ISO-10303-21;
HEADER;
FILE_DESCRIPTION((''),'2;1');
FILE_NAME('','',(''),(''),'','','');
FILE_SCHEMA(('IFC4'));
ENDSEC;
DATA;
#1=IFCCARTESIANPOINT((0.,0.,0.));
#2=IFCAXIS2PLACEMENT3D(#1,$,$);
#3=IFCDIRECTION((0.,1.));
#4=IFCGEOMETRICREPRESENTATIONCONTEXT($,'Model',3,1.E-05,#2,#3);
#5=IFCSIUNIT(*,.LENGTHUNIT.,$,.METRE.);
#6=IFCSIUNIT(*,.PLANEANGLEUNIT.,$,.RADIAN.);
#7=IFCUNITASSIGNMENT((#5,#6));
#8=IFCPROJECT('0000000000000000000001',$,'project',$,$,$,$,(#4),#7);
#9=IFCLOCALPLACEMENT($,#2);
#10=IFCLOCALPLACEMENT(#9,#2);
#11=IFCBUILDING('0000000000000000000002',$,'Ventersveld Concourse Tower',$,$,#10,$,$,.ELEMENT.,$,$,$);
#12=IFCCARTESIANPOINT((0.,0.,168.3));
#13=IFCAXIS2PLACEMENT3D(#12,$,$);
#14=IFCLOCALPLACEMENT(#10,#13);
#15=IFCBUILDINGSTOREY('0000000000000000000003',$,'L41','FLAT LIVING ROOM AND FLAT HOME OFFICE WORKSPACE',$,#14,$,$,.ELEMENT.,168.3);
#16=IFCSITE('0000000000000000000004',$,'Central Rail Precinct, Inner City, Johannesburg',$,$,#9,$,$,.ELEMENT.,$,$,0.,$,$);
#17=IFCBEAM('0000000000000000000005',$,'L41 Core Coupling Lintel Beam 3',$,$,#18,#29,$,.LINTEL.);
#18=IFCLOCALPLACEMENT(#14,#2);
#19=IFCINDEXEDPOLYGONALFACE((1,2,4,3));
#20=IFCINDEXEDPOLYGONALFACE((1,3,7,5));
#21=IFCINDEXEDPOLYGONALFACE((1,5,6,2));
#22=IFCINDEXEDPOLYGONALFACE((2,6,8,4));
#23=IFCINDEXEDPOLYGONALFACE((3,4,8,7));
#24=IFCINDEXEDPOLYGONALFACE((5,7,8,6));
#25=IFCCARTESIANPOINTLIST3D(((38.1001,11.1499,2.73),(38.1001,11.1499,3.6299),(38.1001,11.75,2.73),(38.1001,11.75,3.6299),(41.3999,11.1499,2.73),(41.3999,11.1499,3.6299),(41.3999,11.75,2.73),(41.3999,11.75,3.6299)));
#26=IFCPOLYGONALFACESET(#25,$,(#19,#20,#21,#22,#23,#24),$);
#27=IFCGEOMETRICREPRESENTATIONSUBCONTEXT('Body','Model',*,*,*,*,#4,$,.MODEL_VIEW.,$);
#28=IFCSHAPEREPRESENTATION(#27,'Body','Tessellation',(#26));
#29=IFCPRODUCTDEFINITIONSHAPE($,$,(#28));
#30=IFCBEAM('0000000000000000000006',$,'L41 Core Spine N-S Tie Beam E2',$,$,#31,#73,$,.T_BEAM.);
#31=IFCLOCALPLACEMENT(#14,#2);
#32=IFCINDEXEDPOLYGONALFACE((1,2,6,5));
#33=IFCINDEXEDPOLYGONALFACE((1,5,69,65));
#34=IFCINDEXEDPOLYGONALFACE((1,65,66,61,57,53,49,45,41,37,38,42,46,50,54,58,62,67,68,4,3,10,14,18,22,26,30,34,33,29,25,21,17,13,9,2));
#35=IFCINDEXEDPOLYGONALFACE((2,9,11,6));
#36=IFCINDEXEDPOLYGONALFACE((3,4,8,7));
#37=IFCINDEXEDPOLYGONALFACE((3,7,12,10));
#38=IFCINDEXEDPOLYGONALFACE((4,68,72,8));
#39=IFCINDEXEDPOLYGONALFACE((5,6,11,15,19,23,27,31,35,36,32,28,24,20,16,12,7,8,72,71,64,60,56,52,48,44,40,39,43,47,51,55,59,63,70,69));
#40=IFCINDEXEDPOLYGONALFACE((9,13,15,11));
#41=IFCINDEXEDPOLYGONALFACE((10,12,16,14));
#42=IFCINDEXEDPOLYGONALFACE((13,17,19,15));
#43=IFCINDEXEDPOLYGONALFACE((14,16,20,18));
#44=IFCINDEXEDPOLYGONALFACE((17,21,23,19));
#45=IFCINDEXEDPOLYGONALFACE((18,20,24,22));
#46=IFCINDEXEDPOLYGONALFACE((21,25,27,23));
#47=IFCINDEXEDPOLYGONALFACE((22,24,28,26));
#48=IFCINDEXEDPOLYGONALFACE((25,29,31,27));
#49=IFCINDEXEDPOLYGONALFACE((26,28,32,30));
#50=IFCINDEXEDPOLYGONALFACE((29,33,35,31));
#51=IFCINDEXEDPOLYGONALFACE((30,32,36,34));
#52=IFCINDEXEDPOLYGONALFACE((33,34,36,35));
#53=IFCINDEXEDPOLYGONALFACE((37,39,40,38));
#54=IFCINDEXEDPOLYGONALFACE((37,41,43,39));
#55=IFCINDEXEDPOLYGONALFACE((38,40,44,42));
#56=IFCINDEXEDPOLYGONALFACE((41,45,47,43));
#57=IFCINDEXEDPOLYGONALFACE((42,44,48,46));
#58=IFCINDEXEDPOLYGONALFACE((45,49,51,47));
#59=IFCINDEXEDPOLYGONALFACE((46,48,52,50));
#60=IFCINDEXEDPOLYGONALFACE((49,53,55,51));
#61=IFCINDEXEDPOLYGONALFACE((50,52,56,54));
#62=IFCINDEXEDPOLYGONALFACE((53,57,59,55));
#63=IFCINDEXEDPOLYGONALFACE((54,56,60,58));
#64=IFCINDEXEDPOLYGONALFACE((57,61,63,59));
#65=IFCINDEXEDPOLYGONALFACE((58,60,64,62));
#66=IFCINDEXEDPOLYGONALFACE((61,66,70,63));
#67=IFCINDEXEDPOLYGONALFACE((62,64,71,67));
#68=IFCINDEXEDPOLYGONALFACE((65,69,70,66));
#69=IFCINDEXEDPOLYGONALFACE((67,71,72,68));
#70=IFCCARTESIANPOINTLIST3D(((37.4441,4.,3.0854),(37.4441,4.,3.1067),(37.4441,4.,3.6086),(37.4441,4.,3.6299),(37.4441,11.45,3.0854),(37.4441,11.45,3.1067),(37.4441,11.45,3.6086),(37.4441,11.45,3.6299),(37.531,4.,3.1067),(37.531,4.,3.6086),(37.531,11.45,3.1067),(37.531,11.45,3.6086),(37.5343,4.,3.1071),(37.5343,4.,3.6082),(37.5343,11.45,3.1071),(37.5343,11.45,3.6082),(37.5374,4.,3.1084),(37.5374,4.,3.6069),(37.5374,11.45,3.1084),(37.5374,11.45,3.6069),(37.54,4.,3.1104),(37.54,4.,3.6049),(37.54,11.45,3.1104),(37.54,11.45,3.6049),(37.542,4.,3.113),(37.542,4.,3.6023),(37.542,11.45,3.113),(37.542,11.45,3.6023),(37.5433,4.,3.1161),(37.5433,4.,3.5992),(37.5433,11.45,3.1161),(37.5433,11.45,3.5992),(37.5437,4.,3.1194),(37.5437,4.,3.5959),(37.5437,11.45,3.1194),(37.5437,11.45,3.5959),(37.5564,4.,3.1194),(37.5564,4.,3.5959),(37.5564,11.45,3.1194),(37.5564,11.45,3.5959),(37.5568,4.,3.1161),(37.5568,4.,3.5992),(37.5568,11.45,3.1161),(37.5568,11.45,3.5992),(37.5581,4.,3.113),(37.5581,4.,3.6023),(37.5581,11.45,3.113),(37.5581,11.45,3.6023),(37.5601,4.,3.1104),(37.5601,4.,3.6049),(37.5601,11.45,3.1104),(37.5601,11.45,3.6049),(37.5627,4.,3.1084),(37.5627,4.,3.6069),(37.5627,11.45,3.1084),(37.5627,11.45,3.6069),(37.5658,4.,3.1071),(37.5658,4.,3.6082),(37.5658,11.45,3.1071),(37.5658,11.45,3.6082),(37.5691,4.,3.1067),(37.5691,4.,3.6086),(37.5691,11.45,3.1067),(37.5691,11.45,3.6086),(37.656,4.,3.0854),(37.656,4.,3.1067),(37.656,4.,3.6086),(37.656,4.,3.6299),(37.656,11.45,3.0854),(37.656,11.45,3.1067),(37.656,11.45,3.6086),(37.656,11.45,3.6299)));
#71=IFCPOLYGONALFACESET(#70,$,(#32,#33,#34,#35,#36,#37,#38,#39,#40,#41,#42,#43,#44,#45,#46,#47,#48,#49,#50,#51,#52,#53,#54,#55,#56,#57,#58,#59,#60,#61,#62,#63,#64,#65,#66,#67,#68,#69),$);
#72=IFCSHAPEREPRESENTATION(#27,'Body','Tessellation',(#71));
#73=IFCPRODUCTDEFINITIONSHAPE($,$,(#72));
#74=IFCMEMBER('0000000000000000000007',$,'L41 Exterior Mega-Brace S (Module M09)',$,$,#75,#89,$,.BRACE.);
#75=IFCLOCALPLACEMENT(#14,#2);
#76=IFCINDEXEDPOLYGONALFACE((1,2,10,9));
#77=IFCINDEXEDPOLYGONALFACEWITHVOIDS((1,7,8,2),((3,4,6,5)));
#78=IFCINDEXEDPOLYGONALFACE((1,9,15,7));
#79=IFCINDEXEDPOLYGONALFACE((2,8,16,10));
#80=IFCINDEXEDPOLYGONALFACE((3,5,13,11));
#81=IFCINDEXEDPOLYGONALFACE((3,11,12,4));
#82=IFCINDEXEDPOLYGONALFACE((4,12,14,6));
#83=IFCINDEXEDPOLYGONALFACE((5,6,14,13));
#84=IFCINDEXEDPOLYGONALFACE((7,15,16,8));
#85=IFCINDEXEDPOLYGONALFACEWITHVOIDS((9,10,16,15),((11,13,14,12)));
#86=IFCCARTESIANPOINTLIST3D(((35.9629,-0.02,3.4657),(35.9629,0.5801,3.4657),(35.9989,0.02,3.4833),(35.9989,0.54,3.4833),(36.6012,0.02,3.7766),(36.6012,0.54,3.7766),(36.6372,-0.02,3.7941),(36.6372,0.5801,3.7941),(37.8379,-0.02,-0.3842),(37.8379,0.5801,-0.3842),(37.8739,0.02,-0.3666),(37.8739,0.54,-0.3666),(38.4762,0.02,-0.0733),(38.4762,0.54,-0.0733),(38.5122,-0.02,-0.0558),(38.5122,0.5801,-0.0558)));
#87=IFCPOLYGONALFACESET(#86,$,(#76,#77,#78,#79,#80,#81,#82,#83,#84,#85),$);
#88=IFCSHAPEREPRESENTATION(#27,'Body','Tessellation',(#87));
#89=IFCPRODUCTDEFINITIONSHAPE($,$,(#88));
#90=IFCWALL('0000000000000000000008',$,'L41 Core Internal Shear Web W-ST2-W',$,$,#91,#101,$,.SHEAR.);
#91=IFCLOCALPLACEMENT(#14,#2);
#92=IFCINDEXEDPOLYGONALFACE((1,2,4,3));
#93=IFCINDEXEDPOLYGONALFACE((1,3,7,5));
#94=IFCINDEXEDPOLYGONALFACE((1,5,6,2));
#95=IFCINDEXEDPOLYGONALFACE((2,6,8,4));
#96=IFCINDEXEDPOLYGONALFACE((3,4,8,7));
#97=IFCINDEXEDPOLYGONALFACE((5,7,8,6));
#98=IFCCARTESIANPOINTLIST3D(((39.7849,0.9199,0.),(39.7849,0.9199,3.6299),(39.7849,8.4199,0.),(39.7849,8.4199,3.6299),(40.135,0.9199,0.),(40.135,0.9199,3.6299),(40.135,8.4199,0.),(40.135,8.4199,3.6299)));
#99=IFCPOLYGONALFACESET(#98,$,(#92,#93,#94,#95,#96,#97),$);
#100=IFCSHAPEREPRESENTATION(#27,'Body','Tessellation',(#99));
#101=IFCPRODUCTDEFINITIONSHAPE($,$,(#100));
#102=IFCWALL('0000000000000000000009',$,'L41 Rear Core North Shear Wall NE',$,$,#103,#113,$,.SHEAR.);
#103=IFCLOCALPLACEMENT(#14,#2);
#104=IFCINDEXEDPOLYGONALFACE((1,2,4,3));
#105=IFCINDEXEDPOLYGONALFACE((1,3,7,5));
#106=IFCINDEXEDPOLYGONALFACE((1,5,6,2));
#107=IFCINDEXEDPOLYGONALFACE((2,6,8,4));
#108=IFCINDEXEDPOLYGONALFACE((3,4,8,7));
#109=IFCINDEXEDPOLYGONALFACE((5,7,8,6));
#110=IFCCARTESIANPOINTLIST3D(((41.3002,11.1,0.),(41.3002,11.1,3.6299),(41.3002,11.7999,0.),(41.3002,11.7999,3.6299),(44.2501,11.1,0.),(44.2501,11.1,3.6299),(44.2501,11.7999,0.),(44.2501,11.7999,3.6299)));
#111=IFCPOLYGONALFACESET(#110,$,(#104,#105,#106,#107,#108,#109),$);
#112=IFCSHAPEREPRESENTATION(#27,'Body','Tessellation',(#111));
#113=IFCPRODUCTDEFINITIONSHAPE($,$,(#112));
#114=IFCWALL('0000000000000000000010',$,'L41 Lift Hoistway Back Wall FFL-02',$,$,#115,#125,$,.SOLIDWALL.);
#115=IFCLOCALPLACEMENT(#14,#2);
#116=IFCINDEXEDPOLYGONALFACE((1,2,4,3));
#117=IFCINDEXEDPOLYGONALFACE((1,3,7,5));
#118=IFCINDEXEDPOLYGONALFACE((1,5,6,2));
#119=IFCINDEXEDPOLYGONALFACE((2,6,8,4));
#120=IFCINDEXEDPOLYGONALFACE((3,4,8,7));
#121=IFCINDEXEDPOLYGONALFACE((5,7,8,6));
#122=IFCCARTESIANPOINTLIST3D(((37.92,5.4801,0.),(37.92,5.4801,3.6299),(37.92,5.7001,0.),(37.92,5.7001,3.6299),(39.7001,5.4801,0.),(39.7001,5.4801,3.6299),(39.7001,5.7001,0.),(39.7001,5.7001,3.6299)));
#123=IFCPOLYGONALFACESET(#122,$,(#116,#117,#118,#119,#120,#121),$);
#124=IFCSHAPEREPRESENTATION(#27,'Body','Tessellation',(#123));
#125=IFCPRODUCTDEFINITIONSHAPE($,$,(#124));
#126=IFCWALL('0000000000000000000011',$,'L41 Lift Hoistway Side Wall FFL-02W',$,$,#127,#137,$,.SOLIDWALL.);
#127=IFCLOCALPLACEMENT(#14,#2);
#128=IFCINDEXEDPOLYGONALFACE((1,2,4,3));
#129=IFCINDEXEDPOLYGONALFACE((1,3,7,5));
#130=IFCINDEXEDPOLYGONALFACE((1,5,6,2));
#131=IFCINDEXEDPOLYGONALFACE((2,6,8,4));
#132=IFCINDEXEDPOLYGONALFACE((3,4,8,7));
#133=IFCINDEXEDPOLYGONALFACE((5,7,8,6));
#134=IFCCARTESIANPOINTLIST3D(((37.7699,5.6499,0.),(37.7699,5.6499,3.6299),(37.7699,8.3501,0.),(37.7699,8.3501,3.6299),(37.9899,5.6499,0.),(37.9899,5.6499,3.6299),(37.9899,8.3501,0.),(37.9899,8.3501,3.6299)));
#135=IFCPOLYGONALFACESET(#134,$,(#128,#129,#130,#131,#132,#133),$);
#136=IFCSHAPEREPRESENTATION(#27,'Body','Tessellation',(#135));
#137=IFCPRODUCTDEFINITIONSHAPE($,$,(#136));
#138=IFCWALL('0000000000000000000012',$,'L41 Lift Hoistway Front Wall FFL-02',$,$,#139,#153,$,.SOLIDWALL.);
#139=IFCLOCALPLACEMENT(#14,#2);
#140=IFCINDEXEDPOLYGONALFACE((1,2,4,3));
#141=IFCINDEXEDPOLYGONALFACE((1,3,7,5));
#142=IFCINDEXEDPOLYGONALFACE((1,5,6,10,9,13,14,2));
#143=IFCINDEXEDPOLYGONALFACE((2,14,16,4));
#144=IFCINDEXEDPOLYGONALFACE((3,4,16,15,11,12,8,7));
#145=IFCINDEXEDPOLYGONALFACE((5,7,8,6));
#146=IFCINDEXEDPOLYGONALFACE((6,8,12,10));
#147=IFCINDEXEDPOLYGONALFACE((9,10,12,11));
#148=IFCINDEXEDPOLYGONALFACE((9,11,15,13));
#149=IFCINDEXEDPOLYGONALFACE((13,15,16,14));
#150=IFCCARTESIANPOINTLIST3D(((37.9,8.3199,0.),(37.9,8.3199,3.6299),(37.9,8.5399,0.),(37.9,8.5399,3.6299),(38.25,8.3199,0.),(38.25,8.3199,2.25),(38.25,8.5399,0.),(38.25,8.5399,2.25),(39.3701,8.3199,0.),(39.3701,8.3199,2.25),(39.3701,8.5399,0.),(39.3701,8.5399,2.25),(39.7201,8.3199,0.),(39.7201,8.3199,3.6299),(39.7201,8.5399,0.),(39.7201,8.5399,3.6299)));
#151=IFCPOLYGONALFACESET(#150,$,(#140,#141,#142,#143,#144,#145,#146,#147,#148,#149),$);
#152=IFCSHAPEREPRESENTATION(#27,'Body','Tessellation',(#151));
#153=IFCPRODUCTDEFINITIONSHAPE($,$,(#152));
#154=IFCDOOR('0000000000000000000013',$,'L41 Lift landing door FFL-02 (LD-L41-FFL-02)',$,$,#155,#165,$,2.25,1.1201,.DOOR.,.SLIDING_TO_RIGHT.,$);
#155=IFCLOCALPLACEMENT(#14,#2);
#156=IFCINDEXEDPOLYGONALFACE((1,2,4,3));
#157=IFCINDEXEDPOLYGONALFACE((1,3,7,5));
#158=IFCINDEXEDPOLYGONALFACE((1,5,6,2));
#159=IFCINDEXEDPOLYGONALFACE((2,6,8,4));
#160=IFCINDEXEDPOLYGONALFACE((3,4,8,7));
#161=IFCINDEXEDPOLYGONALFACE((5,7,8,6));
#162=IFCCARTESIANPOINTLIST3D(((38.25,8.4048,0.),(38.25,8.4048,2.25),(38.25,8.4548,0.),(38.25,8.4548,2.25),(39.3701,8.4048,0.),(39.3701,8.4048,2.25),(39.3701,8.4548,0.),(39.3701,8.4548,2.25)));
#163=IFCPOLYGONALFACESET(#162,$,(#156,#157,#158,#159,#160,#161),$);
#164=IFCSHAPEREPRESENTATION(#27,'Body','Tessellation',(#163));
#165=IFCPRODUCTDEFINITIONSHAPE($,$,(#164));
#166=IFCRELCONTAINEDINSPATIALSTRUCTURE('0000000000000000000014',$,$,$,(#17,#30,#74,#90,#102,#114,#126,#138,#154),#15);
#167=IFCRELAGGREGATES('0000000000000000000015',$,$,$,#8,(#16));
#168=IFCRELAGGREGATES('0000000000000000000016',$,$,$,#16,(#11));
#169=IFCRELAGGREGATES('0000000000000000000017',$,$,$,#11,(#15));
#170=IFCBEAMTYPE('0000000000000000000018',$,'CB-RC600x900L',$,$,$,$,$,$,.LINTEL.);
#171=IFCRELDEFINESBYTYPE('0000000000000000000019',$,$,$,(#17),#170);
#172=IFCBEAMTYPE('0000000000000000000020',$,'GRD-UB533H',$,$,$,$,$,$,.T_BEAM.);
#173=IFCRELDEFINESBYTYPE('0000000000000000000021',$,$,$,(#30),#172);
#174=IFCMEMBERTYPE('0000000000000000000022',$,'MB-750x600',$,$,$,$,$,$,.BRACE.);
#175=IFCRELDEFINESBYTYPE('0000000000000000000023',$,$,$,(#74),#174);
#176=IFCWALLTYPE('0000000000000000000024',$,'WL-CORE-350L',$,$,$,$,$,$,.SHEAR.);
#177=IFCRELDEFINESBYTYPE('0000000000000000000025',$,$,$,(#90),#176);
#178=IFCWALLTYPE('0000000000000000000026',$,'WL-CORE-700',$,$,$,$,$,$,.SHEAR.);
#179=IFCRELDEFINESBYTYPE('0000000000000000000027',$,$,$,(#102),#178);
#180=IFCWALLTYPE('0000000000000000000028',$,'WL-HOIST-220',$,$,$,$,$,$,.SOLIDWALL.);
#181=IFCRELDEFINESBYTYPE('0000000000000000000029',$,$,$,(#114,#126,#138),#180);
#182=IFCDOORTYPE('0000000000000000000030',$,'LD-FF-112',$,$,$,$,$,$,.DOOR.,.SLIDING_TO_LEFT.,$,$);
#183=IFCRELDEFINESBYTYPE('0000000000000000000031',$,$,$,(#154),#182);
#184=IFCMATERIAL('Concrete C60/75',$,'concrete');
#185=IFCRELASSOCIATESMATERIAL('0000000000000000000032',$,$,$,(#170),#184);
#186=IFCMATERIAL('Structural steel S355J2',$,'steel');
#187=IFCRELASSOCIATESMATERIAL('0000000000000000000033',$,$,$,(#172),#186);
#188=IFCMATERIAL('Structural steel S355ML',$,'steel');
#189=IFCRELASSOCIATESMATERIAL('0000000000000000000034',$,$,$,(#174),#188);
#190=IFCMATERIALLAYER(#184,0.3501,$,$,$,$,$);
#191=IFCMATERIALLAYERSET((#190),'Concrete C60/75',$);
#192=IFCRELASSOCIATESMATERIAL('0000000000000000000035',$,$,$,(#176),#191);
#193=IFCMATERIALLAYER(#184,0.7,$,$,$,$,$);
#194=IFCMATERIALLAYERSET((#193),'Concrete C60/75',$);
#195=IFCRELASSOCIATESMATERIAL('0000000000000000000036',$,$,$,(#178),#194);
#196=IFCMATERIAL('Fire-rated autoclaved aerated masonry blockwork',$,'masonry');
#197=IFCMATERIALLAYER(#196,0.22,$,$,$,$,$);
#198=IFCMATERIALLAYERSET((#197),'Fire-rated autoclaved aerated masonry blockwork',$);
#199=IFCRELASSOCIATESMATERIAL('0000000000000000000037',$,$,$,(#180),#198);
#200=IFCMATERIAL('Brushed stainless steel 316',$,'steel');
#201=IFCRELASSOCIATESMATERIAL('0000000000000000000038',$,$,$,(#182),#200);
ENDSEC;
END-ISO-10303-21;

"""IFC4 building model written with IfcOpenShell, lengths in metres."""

from ifc_helpers import new_model, si_unit, direction, frame, frame_2d, origin, origin_2d, place, context, subcontext, project, spatial, rectangle, hollow_rectangle, i_section, extrude, material, layer, layer_set, material_profile, profile_set, type_object, element, fill, save


model = new_model("IFC4")

# Units and contexts
model_context = context("Model", 3, precision=1e-05, world=origin(), true_north=direction((0.0, 1.0)))
body_context = subcontext(model_context, "Body", "Model", "MODEL_VIEW")
ifc_project = project(units=[si_unit("LENGTHUNIT", "METRE"), si_unit("PLANEANGLEUNIT", "RADIAN")], contexts=[model_context])

# Site, building, storey
site_placement = place(None, origin())
site = spatial("IfcSite", under=ifc_project, at=site_placement, Name="Central Rail Precinct, Inner City, Johannesburg", CompositionType="ELEMENT", RefElevation=0.0)
building_placement = place(site_placement, origin())
building = spatial("IfcBuilding", under=site, at=building_placement, Name="Ventersveld Concourse Tower", CompositionType="ELEMENT")
storey_placement = place(building_placement, frame((0.0, 0.0, 168.3)))
storey = spatial("IfcBuildingStorey", under=building, at=storey_placement, Name="L41", Description="FLAT LIVING ROOM AND FLAT HOME OFFICE WORKSPACE", CompositionType="ELEMENT", Elevation=168.3)

# Beams
ifc_material_1 = material(Name="Concrete C60/75", Category="concrete")
ifc_material_profile_1 = material_profile(ifc_material_1, rectangle(XDim=0.6001, YDim=0.8999, at=origin_2d()), Name="RC 600x900")
ifc_profile_set_1 = profile_set([ifc_material_profile_1], Name="Concrete C60/75")
beam_type_1 = type_object("IfcBeamType", Name="CB-RC600x900L", PredefinedType="LINTEL", material=ifc_profile_set_1)
beam_1_placement = place(storey_placement, frame((38.1001, 11.45, 3.1799), z_axis=(1.0, 0.0, 0.0), x_axis=(0.0, 1.0, 0.0)))
element("IfcBeam", 1, at=beam_1_placement, inside=storey, type_object=beam_type_1, Name="L41 Core Coupling Lintel Beam 3", PredefinedType="LINTEL", context=body_context, shape_type="SweptSolid", body=[
    extrude(rectangle(XDim=0.6001, YDim=0.8999, at=origin_2d()), origin(), (0.0, 0.0, 1.0), 3.2998),
])
ifc_material_2 = material(Name="Structural steel S355J2", Category="steel")
ifc_material_profile_2 = material_profile(ifc_material_2, i_section(OverallWidth=0.2119, OverallDepth=0.5444, WebThickness=0.0127, FlangeThickness=0.0212, FilletRadius=0.0127, at=origin_2d()), Name="UB 533x210x122")
ifc_profile_set_2 = profile_set([ifc_material_profile_2], Name="Structural steel S355J2")
beam_type_2 = type_object("IfcBeamType", Name="GRD-UB533H", PredefinedType="T_BEAM", material=ifc_profile_set_2)
beam_2_placement = place(storey_placement, frame((37.55, 4.0, 3.3577), z_axis=(0.0, 1.0, 0.0), x_axis=(-1.0, 0.0, 0.0)))
element("IfcBeam", 2, at=beam_2_placement, inside=storey, type_object=beam_type_2, Name="L41 Core Spine N-S Tie Beam E2", PredefinedType="T_BEAM", context=body_context, shape_type="SweptSolid", body=[
    extrude(i_section(OverallWidth=0.2119, OverallDepth=0.5444, WebThickness=0.0127, FlangeThickness=0.0212, FilletRadius=0.0127, at=origin_2d()), origin(), (0.0, 0.0, 1.0), 7.45),
])

# Member
ifc_material_3 = material(Name="Structural steel S355ML", Category="steel")
ifc_material_profile_3 = material_profile(ifc_material_3, hollow_rectangle(XDim=0.6001, YDim=0.75, WallThickness=0.04, at=origin_2d()), Name="BOX 750x600x40")
ifc_profile_set_3 = profile_set([ifc_material_profile_3], Name="Structural steel S355ML")
member_type = type_object("IfcMemberType", Name="MB-750x600", PredefinedType="BRACE", material=ifc_profile_set_3)
member_placement = place(storey_placement, frame((38.175, 0.28, -0.22), z_axis=(-0.437862, 0.0, 0.899042), x_axis=(0.0, -1.0, 0.0)))
element("IfcMember", 3, at=member_placement, inside=storey, type_object=member_type, Name="L41 Exterior Mega-Brace S (Module M09)", PredefinedType="BRACE", context=body_context, shape_type="SweptSolid", body=[
    extrude(hollow_rectangle(XDim=0.6001, YDim=0.75, WallThickness=0.04, at=origin_2d()), origin(), (0.0, 0.0, 1.0), 4.2822),
])

# Walls
ifc_layer_1 = layer(ifc_material_1, 0.3501)
ifc_layer_set_1 = layer_set([ifc_layer_1], Name="Concrete C60/75")
wall_type_1 = type_object("IfcWallType", Name="WL-CORE-350L", PredefinedType="SHEAR", material=ifc_layer_set_1)
wall_1_placement = place(storey_placement, frame((39.96, 0.9199, 0.0), z_axis=(0.0, 0.0, 1.0), x_axis=(0.0, 1.0, 0.0)))
element("IfcWall", 4, at=wall_1_placement, inside=storey, type_object=wall_type_1, Name="L41 Core Internal Shear Web W-ST2-W", PredefinedType="SHEAR", context=body_context, shape_type="SweptSolid", body=[
    extrude(rectangle(XDim=7.5, YDim=0.3501, at=frame_2d((3.75, 0.0))), origin(), (0.0, 0.0, 1.0), 3.6299),
])
ifc_layer_2 = layer(ifc_material_1, 0.7)
ifc_layer_set_2 = layer_set([ifc_layer_2], Name="Concrete C60/75")
wall_type_2 = type_object("IfcWallType", Name="WL-CORE-700", PredefinedType="SHEAR", material=ifc_layer_set_2)
wall_2_placement = place(storey_placement, frame((41.3, 11.45, 0.0), z_axis=(0.0, 0.0, 1.0), x_axis=(1.0, 0.0, 0.0)))
element("IfcWall", 5, at=wall_2_placement, inside=storey, type_object=wall_type_2, Name="L41 Rear Core North Shear Wall NE", PredefinedType="SHEAR", context=body_context, shape_type="SweptSolid", body=[
    extrude(rectangle(XDim=2.95, YDim=0.7, at=frame_2d((1.4751, 0.0))), origin(), (0.0, 0.0, 1.0), 3.6299),
])
ifc_material_4 = material(Name="Fire-rated autoclaved aerated masonry blockwork", Category="masonry")
ifc_layer_3 = layer(ifc_material_4, 0.22)
ifc_layer_set_3 = layer_set([ifc_layer_3], Name="Fire-rated autoclaved aerated masonry blockwork")
wall_type_3 = type_object("IfcWallType", Name="WL-HOIST-220", PredefinedType="SOLIDWALL", material=ifc_layer_set_3)
wall_3_placement = place(storey_placement, frame((37.9199, 5.5901, 0.0), z_axis=(0.0, 0.0, 1.0), x_axis=(1.0, 0.0, 0.0)))
element("IfcWall", 6, at=wall_3_placement, inside=storey, type_object=wall_type_3, Name="L41 Lift Hoistway Back Wall FFL-02", PredefinedType="SOLIDWALL", context=body_context, shape_type="SweptSolid", body=[
    extrude(rectangle(XDim=1.78, YDim=0.22, at=frame_2d((0.8901, 0.0))), origin(), (0.0, 0.0, 1.0), 3.6299),
])
wall_4_placement = place(storey_placement, frame((37.8799, 5.6499, 0.0), z_axis=(0.0, 0.0, 1.0), x_axis=(0.0, 1.0, 0.0)))
element("IfcWall", 7, at=wall_4_placement, inside=storey, type_object=wall_type_3, Name="L41 Lift Hoistway Side Wall FFL-02W", PredefinedType="SOLIDWALL", context=body_context, shape_type="SweptSolid", body=[
    extrude(rectangle(XDim=2.7002, YDim=0.22, at=frame_2d((1.3501, 0.0))), origin(), (0.0, 0.0, 1.0), 3.6299),
])

# Wall, opening, door
wall_5_placement = place(storey_placement, frame((37.8999, 8.4299, 0.0), z_axis=(0.0, 0.0, 1.0), x_axis=(1.0, 0.0, 0.0)))
wall_5 = element("IfcWall", 8, at=wall_5_placement, inside=storey, type_object=wall_type_3, Name="L41 Lift Hoistway Front Wall FFL-02", PredefinedType="SOLIDWALL", context=body_context, shape_type="SweptSolid", body=[
    extrude(rectangle(XDim=1.8201, YDim=0.22, at=frame_2d((0.9102, 0.0))), origin(), (0.0, 0.0, 1.0), 3.6299),
])
opening_1_placement = place(wall_5_placement, frame((0.3501, 0.0, 0.0)))
opening_1 = element("IfcOpeningElement", 9, at=opening_1_placement, cuts=wall_5, PredefinedType="OPENING", context=body_context, shape_type="SweptSolid", body=[
    extrude(rectangle(XDim=1.1201, YDim=2.25, at=frame_2d((0.5601, 1.125))), frame((0.0, 0.1201, 0.0), z_axis=(0.0, -1.0, 0.0), x_axis=(1.0, 0.0, 0.0)), (0.0, 0.0, 1.0), 0.24),
])
ifc_material_5 = material(Name="Brushed stainless steel 316", Category="steel")
door_type_1 = type_object("IfcDoorType", Name="LD-FF-112", OperationType="SLIDING_TO_LEFT", PredefinedType="DOOR", material=ifc_material_5)
door_1_placement = place(opening_1_placement, origin())
door_1 = element("IfcDoor", 10, at=door_1_placement, inside=storey, type_object=door_type_1, Name="L41 Lift landing door FFL-02 (LD-L41-FFL-02)", OperationType="SLIDING_TO_RIGHT", OverallHeight=2.25, OverallWidth=1.1201, PredefinedType="DOOR", context=body_context, shape_type="SweptSolid", body=[
    extrude(rectangle(XDim=1.1201, YDim=2.25, at=frame_2d((0.5601, 1.125))), frame((0.0, 0.0249, 0.0), z_axis=(0.0, -1.0, 0.0), x_axis=(1.0, 0.0, 0.0)), (0.0, 0.0, 1.0), 0.05),
])
fill(opening_1, door_1)

save(model, "model.ifc")
